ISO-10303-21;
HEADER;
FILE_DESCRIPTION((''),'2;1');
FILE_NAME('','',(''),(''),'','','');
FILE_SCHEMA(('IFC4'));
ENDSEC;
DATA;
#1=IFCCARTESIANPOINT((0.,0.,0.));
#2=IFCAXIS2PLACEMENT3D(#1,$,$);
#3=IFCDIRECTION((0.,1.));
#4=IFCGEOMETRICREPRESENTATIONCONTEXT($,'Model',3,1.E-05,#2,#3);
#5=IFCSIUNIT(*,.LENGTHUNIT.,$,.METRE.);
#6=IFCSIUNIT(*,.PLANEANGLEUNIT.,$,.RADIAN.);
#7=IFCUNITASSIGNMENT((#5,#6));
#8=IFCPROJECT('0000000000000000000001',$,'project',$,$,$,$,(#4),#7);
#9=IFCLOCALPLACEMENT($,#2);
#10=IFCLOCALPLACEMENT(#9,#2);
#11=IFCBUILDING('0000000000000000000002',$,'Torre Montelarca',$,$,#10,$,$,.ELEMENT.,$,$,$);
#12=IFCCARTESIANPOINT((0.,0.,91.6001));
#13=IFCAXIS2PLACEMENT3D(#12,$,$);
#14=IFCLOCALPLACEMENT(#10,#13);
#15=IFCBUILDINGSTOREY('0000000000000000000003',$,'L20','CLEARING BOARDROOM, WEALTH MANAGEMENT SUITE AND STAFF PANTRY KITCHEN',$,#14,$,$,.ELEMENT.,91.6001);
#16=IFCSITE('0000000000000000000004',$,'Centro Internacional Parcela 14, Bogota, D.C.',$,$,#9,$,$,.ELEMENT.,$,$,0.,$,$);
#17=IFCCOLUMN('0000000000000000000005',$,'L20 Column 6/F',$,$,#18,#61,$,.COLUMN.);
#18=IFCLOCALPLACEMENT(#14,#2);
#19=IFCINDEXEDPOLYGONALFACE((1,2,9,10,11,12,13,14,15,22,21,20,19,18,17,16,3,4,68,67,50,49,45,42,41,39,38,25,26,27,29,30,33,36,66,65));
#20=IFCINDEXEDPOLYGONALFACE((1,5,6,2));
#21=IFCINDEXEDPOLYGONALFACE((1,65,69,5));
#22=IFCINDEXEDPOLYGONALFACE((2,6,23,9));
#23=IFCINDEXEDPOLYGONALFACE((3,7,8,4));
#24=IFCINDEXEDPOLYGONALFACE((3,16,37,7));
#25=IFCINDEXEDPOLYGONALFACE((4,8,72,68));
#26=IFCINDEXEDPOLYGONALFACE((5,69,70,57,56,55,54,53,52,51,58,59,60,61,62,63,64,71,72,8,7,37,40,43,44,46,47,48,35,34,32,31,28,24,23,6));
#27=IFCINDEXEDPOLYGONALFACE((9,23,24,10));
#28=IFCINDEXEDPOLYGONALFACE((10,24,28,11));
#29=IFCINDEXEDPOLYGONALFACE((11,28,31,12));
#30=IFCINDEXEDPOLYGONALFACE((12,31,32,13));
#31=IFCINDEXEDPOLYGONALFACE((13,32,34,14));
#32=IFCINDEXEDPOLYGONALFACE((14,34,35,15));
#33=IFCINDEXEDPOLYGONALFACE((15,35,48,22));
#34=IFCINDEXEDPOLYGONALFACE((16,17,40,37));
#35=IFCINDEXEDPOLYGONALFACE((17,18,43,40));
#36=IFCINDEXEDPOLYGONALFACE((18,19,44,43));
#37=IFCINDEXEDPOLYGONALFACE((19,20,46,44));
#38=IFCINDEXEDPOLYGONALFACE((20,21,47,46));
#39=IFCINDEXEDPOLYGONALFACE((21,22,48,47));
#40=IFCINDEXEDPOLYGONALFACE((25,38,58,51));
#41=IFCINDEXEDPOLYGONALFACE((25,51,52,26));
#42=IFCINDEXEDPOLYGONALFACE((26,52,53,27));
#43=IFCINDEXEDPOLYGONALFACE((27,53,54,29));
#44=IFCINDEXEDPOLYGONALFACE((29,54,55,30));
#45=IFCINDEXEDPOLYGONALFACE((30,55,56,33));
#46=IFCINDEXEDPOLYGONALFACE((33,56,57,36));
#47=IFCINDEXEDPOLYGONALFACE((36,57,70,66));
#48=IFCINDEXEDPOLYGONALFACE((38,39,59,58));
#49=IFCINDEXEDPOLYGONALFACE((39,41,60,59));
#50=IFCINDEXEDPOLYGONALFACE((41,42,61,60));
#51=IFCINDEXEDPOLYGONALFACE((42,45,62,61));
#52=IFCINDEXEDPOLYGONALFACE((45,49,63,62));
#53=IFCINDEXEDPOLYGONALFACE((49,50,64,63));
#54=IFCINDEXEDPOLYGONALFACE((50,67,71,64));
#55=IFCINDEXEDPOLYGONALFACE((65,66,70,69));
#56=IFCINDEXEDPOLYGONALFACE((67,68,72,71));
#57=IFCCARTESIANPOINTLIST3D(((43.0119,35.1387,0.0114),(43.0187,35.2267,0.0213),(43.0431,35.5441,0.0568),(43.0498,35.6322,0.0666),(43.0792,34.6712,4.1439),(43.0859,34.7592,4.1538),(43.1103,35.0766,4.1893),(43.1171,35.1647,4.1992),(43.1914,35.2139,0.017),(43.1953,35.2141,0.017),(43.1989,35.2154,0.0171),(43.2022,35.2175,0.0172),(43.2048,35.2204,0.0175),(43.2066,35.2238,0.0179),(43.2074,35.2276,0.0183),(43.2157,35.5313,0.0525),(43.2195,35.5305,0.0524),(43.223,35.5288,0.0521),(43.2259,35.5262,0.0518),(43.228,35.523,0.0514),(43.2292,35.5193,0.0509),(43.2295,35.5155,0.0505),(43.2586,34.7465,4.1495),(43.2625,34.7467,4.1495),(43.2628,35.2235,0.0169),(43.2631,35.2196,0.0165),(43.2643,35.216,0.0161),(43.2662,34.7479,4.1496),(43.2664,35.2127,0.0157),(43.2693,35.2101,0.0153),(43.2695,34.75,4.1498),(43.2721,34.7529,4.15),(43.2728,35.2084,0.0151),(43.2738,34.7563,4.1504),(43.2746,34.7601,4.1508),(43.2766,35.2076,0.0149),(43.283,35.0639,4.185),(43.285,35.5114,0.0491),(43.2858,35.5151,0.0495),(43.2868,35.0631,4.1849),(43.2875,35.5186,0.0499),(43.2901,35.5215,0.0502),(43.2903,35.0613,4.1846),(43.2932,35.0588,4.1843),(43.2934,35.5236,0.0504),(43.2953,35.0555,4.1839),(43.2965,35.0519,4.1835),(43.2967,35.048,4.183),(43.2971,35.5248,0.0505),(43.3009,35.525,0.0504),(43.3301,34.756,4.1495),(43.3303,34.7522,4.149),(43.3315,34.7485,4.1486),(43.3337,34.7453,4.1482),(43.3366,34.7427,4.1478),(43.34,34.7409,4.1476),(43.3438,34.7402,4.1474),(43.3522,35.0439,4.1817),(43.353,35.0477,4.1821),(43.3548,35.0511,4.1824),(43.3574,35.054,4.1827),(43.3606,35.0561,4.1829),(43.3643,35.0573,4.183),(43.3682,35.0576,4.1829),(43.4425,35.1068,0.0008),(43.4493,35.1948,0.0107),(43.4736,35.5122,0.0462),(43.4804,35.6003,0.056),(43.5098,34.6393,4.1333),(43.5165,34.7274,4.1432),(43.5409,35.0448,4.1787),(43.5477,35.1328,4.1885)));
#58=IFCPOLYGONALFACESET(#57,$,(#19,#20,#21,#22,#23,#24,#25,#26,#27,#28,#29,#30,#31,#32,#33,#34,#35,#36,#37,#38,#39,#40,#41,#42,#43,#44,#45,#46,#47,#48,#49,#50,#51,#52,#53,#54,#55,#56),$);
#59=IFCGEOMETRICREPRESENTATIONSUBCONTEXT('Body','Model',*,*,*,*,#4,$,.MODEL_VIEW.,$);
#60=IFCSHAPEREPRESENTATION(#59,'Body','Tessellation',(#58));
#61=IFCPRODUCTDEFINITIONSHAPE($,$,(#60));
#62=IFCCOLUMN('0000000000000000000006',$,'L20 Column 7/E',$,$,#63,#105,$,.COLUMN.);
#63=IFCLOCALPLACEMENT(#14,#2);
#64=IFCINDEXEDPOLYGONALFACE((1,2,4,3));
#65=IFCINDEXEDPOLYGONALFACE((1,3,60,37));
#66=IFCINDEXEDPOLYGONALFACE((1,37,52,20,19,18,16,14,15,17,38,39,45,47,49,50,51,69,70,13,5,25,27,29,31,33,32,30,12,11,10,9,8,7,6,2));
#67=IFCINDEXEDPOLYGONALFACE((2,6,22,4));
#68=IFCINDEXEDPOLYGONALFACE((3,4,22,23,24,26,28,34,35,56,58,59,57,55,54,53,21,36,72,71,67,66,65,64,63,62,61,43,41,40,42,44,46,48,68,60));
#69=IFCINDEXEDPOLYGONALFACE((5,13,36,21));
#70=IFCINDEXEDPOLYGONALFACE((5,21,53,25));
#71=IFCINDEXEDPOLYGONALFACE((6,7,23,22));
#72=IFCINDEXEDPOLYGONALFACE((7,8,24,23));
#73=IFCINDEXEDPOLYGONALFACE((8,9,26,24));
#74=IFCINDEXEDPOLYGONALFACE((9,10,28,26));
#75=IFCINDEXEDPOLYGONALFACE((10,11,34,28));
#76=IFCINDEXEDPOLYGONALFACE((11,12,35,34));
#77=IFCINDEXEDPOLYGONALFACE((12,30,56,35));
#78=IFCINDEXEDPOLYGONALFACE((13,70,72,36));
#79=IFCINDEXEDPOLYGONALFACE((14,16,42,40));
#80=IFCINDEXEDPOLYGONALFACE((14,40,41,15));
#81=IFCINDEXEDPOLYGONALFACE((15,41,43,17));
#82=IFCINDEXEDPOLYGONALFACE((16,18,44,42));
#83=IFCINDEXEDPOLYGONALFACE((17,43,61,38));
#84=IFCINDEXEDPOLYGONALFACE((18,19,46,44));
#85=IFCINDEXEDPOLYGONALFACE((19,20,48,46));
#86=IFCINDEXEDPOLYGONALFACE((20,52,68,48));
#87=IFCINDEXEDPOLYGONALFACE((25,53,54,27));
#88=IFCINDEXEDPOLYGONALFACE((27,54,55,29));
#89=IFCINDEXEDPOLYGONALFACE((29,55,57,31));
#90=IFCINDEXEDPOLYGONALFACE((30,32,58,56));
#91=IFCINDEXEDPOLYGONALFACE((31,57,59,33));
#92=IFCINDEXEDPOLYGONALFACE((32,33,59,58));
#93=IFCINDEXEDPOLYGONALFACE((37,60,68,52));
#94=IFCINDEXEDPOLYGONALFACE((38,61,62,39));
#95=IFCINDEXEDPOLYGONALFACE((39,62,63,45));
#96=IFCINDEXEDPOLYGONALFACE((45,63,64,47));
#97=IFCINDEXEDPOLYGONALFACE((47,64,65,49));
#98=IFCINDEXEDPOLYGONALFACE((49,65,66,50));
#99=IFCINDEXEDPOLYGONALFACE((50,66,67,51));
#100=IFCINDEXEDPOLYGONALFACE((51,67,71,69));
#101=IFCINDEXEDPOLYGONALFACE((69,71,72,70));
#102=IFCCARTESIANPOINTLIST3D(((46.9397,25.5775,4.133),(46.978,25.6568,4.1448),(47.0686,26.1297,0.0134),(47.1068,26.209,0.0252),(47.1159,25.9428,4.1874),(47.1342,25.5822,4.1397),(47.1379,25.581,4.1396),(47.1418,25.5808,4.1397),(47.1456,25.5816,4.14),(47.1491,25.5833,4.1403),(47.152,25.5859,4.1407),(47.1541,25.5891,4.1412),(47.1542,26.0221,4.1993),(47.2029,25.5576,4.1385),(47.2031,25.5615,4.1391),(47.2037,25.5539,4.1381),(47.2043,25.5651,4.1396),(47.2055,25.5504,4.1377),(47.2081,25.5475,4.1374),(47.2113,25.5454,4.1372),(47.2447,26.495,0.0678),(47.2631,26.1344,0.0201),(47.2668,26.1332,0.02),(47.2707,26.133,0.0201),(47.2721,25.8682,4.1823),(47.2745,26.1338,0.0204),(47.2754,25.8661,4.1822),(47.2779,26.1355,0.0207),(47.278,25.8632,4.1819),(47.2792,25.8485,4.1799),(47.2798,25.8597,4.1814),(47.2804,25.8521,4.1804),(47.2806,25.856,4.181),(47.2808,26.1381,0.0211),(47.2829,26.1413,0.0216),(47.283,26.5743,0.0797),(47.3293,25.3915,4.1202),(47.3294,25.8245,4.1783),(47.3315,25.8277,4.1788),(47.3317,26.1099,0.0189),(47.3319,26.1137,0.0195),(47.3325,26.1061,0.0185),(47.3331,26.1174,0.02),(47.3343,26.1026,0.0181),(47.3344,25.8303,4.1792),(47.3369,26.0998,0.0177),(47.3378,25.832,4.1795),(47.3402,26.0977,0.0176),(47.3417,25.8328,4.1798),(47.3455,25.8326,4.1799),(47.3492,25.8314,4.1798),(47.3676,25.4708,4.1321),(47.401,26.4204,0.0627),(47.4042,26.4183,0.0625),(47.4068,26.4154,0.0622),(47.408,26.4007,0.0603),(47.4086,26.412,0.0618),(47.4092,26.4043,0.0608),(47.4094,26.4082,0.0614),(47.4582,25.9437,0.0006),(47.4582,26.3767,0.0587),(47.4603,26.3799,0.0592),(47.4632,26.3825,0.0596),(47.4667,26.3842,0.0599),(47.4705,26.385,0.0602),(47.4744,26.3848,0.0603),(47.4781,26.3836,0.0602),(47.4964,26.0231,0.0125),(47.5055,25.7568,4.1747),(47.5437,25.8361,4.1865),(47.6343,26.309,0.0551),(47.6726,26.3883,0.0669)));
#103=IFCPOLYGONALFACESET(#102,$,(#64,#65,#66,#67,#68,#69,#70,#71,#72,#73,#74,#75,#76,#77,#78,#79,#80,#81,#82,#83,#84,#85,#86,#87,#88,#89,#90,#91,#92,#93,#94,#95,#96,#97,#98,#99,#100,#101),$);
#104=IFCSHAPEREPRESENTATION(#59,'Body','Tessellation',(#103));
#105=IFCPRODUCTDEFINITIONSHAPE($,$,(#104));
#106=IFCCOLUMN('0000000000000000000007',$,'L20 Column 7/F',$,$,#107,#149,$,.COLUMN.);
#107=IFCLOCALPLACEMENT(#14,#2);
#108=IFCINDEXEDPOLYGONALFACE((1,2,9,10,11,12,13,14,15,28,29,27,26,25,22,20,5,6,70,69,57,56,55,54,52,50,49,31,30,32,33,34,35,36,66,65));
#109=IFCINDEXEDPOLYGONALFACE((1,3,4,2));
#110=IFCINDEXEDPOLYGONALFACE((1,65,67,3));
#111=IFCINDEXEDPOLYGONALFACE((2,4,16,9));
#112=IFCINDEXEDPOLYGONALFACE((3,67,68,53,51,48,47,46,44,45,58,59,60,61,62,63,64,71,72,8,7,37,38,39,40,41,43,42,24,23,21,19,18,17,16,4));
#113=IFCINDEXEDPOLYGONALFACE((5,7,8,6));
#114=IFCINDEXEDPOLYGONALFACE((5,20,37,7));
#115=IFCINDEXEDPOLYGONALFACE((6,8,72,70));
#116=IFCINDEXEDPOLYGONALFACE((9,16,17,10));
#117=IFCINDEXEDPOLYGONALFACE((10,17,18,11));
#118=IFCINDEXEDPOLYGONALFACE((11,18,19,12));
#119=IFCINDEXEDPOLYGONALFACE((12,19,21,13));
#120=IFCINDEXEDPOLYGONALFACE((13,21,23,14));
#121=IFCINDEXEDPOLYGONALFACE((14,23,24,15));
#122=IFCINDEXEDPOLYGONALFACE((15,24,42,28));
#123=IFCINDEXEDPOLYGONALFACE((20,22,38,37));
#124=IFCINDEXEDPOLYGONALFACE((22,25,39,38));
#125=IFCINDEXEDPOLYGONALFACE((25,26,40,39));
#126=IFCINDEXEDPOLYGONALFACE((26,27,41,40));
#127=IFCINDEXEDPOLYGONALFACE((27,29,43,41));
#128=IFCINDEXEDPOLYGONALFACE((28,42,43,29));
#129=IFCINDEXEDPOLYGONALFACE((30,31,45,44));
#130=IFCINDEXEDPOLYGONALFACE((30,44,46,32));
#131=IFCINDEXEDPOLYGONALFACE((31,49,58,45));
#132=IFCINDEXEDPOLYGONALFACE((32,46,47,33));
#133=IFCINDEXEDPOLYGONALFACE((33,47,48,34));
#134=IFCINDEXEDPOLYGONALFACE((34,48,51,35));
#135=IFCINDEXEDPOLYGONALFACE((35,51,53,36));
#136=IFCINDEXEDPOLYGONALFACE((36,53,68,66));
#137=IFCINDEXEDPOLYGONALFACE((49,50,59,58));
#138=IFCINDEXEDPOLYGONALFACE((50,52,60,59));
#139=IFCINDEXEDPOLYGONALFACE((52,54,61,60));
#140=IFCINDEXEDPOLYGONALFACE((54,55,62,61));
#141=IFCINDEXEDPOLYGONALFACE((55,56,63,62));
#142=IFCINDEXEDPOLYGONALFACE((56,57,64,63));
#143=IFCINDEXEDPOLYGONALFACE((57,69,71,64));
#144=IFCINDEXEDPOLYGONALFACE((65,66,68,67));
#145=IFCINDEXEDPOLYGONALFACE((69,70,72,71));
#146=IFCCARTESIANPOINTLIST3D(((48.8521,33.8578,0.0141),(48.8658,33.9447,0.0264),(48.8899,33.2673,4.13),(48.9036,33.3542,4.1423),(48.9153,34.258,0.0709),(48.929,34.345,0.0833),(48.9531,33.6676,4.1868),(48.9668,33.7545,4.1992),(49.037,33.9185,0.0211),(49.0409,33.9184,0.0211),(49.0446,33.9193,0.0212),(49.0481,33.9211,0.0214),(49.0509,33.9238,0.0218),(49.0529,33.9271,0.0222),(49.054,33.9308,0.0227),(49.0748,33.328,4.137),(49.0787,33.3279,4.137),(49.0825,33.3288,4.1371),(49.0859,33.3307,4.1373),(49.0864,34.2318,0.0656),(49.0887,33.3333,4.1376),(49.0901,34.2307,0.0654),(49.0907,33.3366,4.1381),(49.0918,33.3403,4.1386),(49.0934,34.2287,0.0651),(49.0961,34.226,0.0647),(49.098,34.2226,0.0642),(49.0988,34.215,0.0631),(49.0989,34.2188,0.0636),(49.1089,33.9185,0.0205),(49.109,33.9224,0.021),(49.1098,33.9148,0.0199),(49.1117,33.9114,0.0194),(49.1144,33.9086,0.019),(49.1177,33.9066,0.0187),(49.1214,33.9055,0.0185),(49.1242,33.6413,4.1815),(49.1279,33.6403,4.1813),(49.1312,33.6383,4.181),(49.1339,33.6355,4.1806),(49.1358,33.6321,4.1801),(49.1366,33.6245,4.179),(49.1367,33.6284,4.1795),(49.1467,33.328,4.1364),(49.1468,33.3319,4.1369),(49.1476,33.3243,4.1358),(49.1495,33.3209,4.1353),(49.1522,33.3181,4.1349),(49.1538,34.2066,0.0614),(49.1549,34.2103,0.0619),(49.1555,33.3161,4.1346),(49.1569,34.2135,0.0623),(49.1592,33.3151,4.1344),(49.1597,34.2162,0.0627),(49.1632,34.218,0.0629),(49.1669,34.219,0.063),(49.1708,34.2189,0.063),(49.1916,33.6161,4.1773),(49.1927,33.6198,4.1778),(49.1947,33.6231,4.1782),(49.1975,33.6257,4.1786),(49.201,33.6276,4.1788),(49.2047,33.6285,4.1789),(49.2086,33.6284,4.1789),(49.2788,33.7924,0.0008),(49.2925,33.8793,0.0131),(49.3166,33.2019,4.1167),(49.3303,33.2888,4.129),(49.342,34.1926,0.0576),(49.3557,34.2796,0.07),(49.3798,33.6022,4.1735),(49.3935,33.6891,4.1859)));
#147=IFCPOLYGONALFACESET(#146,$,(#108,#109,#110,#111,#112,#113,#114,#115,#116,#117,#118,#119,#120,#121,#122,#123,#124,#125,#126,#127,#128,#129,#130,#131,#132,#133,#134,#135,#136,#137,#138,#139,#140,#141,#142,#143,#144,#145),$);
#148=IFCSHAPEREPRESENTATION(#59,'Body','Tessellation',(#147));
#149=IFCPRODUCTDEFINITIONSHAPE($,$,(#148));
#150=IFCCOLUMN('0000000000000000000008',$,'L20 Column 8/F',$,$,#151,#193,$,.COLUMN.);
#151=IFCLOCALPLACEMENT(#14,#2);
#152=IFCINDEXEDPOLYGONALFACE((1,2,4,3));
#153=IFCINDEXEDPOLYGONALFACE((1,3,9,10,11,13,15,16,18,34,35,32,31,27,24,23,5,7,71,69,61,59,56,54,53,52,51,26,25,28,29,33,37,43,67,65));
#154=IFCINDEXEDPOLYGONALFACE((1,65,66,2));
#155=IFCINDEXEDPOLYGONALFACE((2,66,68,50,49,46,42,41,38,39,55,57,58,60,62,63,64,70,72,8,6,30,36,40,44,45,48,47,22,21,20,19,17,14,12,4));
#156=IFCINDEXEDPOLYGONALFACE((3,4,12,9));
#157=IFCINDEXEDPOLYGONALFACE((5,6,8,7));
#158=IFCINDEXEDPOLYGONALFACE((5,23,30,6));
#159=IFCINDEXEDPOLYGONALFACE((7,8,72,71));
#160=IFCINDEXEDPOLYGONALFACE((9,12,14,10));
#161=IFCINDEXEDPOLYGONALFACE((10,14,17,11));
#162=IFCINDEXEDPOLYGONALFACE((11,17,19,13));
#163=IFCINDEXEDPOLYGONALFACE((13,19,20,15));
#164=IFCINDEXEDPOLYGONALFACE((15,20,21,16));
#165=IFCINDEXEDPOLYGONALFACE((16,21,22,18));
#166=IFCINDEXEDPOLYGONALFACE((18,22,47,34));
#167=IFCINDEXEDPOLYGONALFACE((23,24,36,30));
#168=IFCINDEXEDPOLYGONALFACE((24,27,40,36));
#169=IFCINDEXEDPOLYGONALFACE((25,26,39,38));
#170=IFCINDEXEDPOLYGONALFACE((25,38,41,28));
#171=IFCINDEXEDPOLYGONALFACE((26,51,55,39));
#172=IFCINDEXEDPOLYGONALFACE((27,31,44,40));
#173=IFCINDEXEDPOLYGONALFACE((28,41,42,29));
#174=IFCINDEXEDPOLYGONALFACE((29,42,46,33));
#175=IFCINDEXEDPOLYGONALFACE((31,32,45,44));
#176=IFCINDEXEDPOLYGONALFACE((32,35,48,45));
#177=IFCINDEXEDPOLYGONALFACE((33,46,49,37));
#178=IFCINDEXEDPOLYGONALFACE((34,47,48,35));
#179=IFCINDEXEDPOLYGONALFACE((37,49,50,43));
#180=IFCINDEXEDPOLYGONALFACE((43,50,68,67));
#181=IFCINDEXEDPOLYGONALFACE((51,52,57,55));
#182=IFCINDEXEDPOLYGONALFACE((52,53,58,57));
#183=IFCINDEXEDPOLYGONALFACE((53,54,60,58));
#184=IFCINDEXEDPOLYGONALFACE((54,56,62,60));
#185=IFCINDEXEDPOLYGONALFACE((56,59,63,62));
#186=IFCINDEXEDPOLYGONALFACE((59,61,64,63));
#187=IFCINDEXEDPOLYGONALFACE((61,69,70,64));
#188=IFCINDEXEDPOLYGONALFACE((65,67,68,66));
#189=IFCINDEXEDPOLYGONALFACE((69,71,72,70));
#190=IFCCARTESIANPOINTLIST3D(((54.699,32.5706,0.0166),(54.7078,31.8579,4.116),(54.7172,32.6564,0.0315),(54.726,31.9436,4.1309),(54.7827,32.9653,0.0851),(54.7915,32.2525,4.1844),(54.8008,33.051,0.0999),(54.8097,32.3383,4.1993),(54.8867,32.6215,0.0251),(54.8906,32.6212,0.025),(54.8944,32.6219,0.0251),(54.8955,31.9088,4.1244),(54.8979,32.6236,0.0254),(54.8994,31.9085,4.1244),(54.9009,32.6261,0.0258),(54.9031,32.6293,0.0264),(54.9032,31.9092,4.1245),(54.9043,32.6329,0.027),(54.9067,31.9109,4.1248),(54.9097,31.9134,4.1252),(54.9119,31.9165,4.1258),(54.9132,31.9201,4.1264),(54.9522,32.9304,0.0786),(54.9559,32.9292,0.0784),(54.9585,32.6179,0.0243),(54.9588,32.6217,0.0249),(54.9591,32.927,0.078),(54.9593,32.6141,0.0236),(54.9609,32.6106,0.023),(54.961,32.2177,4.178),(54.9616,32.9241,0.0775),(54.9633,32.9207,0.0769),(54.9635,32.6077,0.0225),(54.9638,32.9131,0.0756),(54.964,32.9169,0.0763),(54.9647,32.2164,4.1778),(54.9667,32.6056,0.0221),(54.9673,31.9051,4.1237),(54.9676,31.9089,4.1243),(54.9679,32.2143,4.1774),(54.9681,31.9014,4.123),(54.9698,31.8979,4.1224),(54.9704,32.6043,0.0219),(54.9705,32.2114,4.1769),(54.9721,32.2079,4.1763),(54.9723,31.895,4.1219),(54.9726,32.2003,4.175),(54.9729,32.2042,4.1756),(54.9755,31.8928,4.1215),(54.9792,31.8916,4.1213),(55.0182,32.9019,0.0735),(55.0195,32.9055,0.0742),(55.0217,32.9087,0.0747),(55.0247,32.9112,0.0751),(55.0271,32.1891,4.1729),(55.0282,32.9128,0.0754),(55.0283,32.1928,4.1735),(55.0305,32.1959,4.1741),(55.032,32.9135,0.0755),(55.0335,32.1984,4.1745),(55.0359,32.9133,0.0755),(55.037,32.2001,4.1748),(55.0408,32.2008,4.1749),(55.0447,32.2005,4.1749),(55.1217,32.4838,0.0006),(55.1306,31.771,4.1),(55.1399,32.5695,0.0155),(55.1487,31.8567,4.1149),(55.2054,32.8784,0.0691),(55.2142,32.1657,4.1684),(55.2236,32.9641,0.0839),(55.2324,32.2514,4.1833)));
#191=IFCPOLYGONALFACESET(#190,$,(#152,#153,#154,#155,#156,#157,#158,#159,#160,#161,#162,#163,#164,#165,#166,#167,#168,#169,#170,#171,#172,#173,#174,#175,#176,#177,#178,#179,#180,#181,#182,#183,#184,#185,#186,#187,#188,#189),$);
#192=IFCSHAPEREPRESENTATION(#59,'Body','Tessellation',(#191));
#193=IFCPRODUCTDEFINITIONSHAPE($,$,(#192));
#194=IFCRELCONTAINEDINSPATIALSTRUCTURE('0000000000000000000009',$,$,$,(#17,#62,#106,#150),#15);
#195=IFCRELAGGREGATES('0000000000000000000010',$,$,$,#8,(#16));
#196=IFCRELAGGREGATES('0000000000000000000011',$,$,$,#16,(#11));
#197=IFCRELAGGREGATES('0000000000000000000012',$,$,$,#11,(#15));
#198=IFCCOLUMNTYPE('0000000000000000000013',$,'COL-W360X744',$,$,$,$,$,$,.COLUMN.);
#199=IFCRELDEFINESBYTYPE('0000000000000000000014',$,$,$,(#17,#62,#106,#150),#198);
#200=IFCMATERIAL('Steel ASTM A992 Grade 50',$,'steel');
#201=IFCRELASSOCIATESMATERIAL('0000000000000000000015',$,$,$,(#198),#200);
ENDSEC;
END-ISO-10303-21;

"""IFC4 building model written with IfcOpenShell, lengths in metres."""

from ifc_helpers import new_model, si_unit, direction, frame, origin, origin_2d, place, context, subcontext, project, spatial, i_section, extrude, clip, halfspace, material, material_profile, profile_set, type_object, element, save


model = new_model("IFC4")

# Units and contexts
model_context = context("Model", 3, precision=1e-05, world=origin(), true_north=direction((0.0, 1.0)))
body_context = subcontext(model_context, "Body", "Model", "MODEL_VIEW")
ifc_project = project(units=[si_unit("LENGTHUNIT", "METRE"), si_unit("PLANEANGLEUNIT", "RADIAN")], contexts=[model_context])

# Site, building, storey
site_placement = place(None, origin())
site = spatial("IfcSite", under=ifc_project, at=site_placement, Name="Centro Internacional Parcela 14, Bogota, D.C.", CompositionType="ELEMENT", RefElevation=0.0)
building_placement = place(site_placement, origin())
building = spatial("IfcBuilding", under=site, at=building_placement, Name="Torre Montelarca", CompositionType="ELEMENT")
storey_placement = place(building_placement, frame((0.0, 0.0, 91.6001)))
storey = spatial("IfcBuildingStorey", under=building, at=storey_placement, Name="L20", Description="CLEARING BOARDROOM, WEALTH MANAGEMENT SUITE AND STAFF PANTRY KITCHEN", CompositionType="ELEMENT", Elevation=91.6001)

# Columns
ifc_material_1 = material(Name="Steel ASTM A992 Grade 50", Category="steel")
ifc_material_profile_1 = material_profile(ifc_material_1, i_section(OverallWidth=0.4319, OverallDepth=0.498, WebThickness=0.0557, FlangeThickness=0.0889, FilletRadius=0.0149, at=origin_2d()), Name="W360X744", Category="steel")
ifc_profile_set_1 = profile_set([ifc_material_profile_1], Name="Steel ASTM A992 Grade 50")
column_type_1 = type_object("IfcColumnType", Name="COL-W360X744", PredefinedType="COLUMN", material=ifc_profile_set_1)
column_1_placement = place(storey_placement, frame((43.2456, 35.3733, 0.0), z_axis=(0.016171, -0.112388, 0.993533), x_axis=(-0.99697, 0.073806, 0.024576)))
element("IfcColumn", 1, at=column_1_placement, inside=storey, type_object=column_type_1, Name="L20 Column 6/F", PredefinedType="COLUMN", context=body_context, shape_type="Clipping", body=[
    clip(clip(extrude(i_section(OverallWidth=0.4319, OverallDepth=0.498, WebThickness=0.0557, FlangeThickness=0.0889, FilletRadius=0.0149, at=origin_2d()), origin(), (0.0, 0.0, 1.0), 4.2273), halfspace(frame((0.0, 0.0, 0.0339), z_axis=(0.0, 0.0, -1.0), x_axis=(1.0, 0.0, 0.0)), False)), halfspace(frame((0.0, 0.0, 4.1934), z_axis=(0.0, 0.0, 1.0), x_axis=(1.0, 0.0, 0.0)), False)),
])
column_2_placement = place(storey_placement, frame((47.3718, 26.2644, 0.0), z_axis=(-0.030981, -0.132794, 0.990659), x_axis=(-0.902047, 0.430628, 0.029514)))
element("IfcColumn", 2, at=column_2_placement, inside=storey, type_object=column_type_1, Name="L20 Column 7/E", PredefinedType="COLUMN", context=body_context, shape_type="Clipping", body=[
    clip(clip(extrude(i_section(OverallWidth=0.4319, OverallDepth=0.498, WebThickness=0.0557, FlangeThickness=0.0889, FilletRadius=0.0149, at=origin_2d()), origin(), (0.0, 0.0, 1.0), 4.2395), halfspace(frame((0.0, 0.0, 0.0405), z_axis=(0.0, 0.0, -1.0), x_axis=(1.0, 0.0, 0.0)), False)), halfspace(frame((0.0, 0.0, 4.199), z_axis=(0.0, 0.0, 1.0), x_axis=(1.0, 0.0, 0.0)), False)),
])
column_3_placement = place(storey_placement, frame((49.1035, 34.0747, 0.0), z_axis=(0.009091, -0.142004, 0.989824), x_axis=(-0.987989, 0.151425, 0.030798)))
element("IfcColumn", 3, at=column_3_placement, inside=storey, type_object=column_type_1, Name="L20 Column 7/F", PredefinedType="COLUMN", context=body_context, shape_type="Clipping", body=[
    clip(clip(extrude(i_section(OverallWidth=0.4319, OverallDepth=0.498, WebThickness=0.0557, FlangeThickness=0.0889, FilletRadius=0.0149, at=origin_2d()), origin(), (0.0, 0.0, 1.0), 4.2432), halfspace(frame((0.0, 0.0, 0.0425), z_axis=(0.0, 0.0, -1.0), x_axis=(1.0, 0.0, 0.0)), False)), halfspace(frame((0.0, 0.0, 4.2007), z_axis=(0.0, 0.0, 1.0), x_axis=(1.0, 0.0, 0.0)), False)),
])
column_4_placement = place(storey_placement, frame((54.9612, 32.7761, 0.0), z_axis=(0.002119, -0.171295, 0.985218), x_axis=(-0.978859, 0.201147, 0.037078)))
element("IfcColumn", 4, at=column_4_placement, inside=storey, type_object=column_type_1, Name="L20 Column 8/F", PredefinedType="COLUMN", context=body_context, shape_type="Clipping", body=[
    clip(clip(extrude(i_section(OverallWidth=0.4319, OverallDepth=0.498, WebThickness=0.0557, FlangeThickness=0.0889, FilletRadius=0.0149, at=origin_2d()), origin(), (0.0, 0.0, 1.0), 4.2629), halfspace(frame((0.0, 0.0, 0.051), z_axis=(0.0, 0.0, -1.0), x_axis=(1.0, 0.0, 0.0)), False)), halfspace(frame((0.0, 0.0, 4.2119), z_axis=(0.0, 0.0, 1.0), x_axis=(1.0, 0.0, 0.0)), False)),
])

save(model, "model.ifc")
